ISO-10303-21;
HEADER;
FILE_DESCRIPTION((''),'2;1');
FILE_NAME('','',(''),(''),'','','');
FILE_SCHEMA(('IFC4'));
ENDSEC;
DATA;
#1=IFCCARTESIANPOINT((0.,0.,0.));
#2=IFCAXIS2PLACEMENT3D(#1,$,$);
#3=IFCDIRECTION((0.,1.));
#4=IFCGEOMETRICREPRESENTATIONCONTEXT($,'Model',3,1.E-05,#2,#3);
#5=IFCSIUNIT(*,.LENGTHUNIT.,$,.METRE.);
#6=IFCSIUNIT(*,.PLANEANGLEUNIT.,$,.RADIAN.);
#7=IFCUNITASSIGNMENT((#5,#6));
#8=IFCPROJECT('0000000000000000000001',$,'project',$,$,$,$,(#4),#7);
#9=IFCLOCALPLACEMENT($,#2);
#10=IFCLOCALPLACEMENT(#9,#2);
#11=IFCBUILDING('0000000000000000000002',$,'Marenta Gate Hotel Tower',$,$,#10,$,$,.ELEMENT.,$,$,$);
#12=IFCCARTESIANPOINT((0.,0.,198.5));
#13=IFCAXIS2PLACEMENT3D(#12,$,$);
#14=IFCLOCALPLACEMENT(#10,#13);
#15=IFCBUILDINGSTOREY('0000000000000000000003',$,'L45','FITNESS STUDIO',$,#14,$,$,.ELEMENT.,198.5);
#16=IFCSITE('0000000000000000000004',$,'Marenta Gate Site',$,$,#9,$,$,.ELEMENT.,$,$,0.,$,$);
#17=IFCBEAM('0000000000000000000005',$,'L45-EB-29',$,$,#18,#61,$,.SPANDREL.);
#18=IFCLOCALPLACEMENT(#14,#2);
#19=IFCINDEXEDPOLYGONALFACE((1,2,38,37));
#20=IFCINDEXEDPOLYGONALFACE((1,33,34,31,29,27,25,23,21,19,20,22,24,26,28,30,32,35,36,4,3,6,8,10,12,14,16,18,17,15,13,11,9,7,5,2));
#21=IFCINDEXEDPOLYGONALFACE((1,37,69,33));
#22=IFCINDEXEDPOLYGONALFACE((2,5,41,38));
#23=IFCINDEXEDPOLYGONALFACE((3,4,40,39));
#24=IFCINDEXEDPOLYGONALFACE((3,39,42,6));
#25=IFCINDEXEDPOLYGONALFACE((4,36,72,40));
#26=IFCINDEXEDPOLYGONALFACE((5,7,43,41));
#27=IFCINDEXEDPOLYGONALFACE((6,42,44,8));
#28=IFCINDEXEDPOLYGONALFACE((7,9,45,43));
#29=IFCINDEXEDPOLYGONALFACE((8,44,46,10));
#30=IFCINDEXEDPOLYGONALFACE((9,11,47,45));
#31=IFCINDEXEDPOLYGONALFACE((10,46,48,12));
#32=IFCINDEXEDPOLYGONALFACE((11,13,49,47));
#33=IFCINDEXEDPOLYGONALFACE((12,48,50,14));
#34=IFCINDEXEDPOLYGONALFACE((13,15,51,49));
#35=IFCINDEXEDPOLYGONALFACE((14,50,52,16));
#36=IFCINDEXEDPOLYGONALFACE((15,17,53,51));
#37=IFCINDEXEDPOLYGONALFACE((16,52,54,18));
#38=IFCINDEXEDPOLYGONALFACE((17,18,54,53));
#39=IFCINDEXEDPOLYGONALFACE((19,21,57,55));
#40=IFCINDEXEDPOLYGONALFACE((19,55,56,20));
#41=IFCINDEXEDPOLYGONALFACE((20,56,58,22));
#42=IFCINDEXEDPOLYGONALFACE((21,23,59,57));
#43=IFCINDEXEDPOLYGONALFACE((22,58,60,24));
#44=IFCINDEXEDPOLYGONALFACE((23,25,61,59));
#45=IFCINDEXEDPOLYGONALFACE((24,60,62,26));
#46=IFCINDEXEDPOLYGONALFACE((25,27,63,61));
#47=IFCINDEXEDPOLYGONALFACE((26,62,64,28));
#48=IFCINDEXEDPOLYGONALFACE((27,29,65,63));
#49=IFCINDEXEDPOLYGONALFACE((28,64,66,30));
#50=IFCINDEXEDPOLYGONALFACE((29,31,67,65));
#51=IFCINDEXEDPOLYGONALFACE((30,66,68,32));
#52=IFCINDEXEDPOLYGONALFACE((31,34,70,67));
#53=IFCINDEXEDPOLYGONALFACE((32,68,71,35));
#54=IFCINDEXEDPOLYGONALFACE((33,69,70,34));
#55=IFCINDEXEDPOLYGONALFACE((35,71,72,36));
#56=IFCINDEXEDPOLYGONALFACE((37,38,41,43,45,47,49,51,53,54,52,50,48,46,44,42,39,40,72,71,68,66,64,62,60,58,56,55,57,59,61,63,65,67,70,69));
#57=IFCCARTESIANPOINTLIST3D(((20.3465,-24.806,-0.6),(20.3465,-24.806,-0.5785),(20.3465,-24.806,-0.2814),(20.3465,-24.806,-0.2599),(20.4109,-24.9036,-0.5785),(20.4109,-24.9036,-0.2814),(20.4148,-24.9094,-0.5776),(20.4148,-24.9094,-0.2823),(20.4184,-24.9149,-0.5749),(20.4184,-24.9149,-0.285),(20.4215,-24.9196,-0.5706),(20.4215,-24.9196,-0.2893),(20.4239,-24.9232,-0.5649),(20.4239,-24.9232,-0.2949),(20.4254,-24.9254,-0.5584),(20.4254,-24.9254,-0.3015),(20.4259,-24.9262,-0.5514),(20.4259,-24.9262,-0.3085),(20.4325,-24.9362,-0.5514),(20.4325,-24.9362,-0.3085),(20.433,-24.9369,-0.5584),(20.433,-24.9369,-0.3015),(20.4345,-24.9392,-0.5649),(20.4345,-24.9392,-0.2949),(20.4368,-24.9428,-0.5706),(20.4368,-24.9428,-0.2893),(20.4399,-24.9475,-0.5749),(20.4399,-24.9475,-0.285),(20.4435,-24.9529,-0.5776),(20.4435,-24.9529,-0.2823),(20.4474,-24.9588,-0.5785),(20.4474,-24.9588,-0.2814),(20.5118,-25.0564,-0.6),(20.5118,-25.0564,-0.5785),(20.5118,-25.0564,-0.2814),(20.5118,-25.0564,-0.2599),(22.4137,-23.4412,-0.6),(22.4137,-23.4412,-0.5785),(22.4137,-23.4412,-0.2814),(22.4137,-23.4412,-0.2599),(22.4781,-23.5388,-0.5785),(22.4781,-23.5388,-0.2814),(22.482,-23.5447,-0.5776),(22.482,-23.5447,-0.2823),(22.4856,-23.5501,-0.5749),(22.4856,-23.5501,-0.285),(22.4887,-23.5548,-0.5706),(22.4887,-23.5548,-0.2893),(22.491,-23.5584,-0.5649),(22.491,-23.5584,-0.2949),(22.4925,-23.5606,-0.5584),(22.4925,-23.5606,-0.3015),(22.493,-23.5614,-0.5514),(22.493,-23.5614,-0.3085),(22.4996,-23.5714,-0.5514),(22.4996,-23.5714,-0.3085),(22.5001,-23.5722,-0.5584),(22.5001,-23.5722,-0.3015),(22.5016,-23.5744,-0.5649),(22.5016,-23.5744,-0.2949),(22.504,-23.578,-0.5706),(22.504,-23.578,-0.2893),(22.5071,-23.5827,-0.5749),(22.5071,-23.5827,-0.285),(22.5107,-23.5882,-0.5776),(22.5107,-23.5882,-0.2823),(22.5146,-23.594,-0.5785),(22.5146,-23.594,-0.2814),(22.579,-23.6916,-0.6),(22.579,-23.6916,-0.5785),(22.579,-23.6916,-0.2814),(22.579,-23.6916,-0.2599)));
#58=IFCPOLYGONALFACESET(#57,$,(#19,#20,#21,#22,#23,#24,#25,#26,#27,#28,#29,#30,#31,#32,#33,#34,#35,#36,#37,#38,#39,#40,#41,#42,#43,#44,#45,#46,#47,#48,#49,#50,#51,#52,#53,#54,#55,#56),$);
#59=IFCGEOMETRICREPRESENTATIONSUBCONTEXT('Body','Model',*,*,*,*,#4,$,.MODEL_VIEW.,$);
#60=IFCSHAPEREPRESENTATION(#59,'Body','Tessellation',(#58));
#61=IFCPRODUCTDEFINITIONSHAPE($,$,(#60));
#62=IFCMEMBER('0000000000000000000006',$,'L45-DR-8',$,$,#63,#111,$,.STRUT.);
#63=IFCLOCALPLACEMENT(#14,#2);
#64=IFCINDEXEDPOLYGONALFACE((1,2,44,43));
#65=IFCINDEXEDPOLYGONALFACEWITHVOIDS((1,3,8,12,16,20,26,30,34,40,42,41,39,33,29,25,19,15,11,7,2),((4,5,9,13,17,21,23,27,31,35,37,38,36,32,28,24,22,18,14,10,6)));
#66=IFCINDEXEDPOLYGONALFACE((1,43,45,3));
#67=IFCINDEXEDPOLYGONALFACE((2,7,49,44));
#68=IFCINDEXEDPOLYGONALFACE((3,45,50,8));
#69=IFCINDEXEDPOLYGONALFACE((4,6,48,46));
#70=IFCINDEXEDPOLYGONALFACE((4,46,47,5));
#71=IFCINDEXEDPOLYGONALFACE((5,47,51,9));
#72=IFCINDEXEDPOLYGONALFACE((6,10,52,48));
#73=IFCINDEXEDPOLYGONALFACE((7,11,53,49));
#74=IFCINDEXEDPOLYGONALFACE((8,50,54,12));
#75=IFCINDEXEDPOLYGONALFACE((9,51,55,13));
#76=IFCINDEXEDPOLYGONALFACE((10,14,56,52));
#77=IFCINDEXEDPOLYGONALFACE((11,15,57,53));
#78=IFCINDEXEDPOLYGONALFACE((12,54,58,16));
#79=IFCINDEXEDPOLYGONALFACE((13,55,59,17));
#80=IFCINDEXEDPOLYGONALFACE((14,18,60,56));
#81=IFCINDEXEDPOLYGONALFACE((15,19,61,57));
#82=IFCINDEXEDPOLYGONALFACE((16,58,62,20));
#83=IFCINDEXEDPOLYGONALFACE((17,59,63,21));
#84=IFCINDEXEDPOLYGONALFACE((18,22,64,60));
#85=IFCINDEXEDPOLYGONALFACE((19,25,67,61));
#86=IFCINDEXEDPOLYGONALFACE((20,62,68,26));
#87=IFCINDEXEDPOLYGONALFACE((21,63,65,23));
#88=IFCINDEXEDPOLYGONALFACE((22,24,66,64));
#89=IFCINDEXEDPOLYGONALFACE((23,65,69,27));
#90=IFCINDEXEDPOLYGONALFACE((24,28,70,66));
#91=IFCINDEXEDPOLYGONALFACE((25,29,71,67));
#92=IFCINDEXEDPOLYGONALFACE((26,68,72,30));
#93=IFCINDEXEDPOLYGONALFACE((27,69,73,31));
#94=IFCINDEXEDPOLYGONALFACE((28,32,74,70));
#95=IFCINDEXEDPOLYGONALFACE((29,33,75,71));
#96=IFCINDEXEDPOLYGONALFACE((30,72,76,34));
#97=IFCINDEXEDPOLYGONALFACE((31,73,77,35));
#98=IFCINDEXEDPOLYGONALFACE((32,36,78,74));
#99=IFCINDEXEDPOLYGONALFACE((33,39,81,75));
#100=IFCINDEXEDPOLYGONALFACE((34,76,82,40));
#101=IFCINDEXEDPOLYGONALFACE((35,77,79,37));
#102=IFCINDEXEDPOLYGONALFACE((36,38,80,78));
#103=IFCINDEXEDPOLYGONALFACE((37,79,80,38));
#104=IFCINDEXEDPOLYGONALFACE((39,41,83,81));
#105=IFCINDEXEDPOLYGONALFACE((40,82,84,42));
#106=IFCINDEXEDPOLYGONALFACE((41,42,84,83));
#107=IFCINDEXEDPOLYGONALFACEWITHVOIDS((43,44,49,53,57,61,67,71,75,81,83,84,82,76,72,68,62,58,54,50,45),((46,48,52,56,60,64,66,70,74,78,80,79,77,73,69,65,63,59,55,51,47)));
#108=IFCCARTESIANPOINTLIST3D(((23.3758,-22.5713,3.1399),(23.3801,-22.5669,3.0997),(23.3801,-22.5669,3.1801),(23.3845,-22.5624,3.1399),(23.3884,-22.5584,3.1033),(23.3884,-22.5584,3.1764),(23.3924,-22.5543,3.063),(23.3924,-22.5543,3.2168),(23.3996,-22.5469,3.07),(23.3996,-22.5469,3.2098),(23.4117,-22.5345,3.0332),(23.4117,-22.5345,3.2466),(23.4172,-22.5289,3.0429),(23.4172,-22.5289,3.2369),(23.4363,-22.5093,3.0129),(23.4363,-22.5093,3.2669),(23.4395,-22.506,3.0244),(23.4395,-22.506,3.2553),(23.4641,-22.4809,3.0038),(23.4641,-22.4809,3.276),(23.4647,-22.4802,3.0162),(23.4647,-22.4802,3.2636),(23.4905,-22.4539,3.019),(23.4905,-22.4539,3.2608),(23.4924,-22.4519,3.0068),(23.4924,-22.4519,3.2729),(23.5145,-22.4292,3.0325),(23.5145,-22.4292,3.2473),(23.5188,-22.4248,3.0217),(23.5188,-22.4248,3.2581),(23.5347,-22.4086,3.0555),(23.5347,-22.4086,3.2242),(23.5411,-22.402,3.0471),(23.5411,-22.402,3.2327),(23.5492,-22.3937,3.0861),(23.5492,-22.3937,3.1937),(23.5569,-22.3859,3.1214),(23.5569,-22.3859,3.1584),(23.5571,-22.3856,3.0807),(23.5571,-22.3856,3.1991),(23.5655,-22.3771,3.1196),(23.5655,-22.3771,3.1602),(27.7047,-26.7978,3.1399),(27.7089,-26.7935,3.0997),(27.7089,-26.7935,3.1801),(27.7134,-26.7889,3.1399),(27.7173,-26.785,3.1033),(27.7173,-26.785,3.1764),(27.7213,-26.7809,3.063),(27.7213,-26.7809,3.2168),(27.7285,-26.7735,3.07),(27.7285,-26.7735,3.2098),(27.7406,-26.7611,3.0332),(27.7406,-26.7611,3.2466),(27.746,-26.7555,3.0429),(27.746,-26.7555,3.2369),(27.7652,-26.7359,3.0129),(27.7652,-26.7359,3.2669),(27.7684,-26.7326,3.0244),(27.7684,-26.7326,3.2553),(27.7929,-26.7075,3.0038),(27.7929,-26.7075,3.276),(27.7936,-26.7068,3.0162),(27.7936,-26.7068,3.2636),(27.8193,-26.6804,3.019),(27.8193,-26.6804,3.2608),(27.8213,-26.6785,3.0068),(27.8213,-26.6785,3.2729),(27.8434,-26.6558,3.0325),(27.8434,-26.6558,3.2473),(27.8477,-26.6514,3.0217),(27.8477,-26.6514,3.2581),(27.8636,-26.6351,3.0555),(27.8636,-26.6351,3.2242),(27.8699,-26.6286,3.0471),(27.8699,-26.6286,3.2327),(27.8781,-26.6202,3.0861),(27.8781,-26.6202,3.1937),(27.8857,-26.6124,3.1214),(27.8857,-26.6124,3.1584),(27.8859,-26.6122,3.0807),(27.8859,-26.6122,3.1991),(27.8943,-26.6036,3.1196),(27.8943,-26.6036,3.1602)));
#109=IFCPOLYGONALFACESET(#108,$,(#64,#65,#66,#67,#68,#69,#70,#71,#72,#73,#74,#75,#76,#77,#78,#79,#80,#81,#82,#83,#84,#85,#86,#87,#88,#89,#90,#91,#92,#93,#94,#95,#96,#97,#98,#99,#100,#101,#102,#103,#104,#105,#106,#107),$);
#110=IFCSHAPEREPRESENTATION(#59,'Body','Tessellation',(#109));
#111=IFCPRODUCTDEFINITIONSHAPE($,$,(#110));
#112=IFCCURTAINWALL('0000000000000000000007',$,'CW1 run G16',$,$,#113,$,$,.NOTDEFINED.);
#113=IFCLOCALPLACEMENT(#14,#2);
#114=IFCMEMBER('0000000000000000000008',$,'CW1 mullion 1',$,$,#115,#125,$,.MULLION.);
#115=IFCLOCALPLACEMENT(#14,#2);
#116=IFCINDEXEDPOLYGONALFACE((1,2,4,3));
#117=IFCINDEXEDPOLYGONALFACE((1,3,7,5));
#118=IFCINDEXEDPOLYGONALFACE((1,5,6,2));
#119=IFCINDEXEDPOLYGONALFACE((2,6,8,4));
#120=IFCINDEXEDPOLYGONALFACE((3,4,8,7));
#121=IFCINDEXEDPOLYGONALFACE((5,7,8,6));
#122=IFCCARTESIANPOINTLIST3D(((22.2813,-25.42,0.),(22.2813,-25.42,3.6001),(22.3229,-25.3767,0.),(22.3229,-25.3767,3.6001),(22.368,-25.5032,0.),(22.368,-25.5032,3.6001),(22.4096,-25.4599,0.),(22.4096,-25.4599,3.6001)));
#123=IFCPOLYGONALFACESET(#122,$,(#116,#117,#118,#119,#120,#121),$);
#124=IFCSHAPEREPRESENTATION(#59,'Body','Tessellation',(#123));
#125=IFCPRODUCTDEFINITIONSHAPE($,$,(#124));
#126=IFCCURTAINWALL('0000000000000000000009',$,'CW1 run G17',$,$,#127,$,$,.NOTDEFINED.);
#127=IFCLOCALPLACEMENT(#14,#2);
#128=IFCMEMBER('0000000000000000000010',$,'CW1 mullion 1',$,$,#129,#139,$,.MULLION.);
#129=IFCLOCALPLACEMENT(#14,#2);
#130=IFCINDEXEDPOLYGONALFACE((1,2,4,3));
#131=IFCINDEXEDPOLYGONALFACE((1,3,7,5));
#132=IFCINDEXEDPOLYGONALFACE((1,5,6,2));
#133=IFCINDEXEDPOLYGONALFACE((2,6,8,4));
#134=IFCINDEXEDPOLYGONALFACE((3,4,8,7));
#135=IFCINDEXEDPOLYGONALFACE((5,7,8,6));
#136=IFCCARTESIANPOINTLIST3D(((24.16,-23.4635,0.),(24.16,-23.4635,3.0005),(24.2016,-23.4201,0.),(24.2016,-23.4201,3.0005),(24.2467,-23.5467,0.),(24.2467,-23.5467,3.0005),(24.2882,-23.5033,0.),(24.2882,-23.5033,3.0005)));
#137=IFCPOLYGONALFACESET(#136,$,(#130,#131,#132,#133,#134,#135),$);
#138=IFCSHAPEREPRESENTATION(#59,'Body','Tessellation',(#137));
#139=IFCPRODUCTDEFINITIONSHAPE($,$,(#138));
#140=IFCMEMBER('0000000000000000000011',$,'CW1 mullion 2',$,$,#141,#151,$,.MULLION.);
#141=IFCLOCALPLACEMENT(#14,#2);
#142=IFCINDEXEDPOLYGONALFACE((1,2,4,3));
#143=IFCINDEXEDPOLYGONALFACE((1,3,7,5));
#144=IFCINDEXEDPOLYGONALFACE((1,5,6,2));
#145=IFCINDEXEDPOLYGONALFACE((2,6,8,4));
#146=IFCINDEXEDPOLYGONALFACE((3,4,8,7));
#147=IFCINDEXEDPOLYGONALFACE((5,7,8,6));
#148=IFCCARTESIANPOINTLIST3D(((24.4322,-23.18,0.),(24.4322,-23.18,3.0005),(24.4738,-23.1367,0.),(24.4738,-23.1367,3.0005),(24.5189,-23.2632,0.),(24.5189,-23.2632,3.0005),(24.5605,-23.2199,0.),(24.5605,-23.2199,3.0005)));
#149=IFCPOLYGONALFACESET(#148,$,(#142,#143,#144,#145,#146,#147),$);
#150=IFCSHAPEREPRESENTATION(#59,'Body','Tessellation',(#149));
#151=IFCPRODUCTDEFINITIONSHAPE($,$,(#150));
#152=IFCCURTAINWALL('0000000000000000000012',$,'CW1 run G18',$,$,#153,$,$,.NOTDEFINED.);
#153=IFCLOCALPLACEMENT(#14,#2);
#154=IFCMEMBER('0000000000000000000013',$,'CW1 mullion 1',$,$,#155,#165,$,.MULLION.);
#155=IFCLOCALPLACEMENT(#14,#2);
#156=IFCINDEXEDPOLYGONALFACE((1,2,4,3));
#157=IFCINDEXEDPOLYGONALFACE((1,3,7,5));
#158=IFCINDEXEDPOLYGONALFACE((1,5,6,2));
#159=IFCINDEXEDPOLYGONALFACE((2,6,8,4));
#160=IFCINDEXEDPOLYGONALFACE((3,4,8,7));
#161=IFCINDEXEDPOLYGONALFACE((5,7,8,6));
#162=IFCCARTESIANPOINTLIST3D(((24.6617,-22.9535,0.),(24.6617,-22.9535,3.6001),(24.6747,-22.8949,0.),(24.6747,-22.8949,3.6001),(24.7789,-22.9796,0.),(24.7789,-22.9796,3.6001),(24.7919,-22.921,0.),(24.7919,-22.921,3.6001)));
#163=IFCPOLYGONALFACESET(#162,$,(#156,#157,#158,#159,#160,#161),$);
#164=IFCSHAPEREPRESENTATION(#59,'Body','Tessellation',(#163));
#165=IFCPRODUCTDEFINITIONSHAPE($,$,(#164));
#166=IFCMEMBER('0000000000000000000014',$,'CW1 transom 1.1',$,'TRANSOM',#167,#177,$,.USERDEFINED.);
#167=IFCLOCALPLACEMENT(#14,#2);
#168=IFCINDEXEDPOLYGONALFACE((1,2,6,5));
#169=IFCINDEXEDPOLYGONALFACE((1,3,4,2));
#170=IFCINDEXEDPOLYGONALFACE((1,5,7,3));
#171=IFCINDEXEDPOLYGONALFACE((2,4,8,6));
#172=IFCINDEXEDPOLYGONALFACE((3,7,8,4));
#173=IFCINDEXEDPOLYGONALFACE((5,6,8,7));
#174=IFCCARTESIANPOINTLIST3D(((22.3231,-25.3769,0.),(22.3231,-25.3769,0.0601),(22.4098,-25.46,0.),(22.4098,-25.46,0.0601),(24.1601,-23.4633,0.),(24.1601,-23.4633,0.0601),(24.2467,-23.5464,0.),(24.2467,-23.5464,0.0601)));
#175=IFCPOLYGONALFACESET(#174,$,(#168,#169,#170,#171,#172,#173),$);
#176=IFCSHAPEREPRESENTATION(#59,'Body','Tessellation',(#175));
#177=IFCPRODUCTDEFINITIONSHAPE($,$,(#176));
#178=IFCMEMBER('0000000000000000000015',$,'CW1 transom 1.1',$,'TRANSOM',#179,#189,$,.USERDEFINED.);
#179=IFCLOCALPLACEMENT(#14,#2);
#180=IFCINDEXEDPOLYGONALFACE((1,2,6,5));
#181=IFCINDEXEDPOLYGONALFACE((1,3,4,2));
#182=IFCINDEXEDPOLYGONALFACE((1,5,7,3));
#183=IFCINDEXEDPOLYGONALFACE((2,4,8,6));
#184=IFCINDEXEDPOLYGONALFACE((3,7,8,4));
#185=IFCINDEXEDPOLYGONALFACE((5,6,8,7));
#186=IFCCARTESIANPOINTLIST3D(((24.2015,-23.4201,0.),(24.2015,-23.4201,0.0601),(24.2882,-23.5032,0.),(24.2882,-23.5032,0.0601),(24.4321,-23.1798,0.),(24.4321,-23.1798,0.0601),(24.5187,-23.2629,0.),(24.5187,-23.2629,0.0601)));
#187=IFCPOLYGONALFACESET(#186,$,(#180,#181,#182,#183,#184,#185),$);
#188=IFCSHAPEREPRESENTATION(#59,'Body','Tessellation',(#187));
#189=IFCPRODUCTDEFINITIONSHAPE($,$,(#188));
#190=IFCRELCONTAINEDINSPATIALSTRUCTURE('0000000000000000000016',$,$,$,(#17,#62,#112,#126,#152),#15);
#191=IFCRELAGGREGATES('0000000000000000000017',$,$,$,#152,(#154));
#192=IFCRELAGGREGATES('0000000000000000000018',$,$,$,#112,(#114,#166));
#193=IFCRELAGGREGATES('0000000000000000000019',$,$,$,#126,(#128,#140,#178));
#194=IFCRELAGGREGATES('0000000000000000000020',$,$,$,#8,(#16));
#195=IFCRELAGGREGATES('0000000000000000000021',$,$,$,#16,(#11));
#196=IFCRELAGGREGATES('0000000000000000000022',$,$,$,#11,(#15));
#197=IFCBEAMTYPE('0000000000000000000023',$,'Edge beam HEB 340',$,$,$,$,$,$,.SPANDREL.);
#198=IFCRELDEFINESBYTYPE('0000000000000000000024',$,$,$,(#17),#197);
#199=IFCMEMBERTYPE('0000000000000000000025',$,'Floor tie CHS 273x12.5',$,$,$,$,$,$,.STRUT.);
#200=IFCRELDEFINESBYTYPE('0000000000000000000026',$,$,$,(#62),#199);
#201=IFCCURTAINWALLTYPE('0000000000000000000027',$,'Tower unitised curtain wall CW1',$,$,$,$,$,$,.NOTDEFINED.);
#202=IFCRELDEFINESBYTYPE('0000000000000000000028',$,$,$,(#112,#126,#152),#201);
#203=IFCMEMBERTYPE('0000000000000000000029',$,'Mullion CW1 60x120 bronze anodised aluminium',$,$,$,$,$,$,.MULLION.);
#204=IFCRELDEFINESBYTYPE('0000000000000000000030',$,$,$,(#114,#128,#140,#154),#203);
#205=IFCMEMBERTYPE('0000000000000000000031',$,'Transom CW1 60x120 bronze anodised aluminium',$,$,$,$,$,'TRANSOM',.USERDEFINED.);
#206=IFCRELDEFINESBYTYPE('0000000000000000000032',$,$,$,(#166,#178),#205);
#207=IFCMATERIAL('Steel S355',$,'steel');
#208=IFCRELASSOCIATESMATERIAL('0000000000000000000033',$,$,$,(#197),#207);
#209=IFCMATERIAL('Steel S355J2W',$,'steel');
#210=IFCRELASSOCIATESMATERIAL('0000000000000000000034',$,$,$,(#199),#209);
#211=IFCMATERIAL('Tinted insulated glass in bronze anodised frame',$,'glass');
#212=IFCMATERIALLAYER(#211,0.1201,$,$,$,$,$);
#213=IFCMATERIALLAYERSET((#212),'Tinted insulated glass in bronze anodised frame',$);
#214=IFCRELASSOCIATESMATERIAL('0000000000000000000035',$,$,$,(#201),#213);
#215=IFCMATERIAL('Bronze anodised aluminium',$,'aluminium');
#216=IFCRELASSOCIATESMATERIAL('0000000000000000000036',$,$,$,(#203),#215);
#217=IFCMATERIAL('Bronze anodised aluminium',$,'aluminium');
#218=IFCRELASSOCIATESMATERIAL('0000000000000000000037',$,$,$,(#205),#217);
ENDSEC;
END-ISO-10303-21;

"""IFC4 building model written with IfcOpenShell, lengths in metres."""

from ifc_helpers import new_model, si_unit, direction, frame, origin, origin_2d, place, context, subcontext, project, spatial, rectangle, hollow_circle, i_section, extrude, material, layer, layer_set, material_profile, profile_set, type_object, element, aggregate, save


model = new_model("IFC4")

# Units and contexts
model_context = context("Model", 3, precision=1e-05, world=origin(), true_north=direction((0.0, 1.0)))
body_context = subcontext(model_context, "Body", "Model", "MODEL_VIEW")
ifc_project = project(units=[si_unit("LENGTHUNIT", "METRE"), si_unit("PLANEANGLEUNIT", "RADIAN")], contexts=[model_context])

# Site, building, storey
site_placement = place(None, origin())
site = spatial("IfcSite", under=ifc_project, at=site_placement, Name="Marenta Gate Site", CompositionType="ELEMENT", RefElevation=0.0)
building_placement = place(site_placement, origin())
building = spatial("IfcBuilding", under=site, at=building_placement, Name="Marenta Gate Hotel Tower", CompositionType="ELEMENT")
storey_placement = place(building_placement, frame((0.0, 0.0, 198.5)))
storey = spatial("IfcBuildingStorey", under=building, at=storey_placement, Name="L45", Description="FITNESS STUDIO", CompositionType="ELEMENT", Elevation=198.5)

# Beam
ifc_material_1 = material(Name="Steel S355", Category="steel")
ifc_material_profile_1 = material_profile(ifc_material_1, i_section(OverallWidth=0.3, OverallDepth=0.3401, WebThickness=0.012, FlangeThickness=0.0215, FilletRadius=0.0271, at=origin_2d()), Name="HEB 340")
ifc_profile_set_1 = profile_set([ifc_material_profile_1], Name="Steel S355")
beam_type = type_object("IfcBeamType", Name="Edge beam HEB 340", PredefinedType="SPANDREL", material=ifc_profile_set_1)
beam_placement = place(storey_placement, frame((22.4963, -23.5664, -0.4299), z_axis=(-0.834529, -0.550964, 0.0), x_axis=(0.550964, -0.834529, 0.0)))
element("IfcBeam", 1, at=beam_placement, inside=storey, type_object=beam_type, Name="L45-EB-29", PredefinedType="SPANDREL", context=body_context, shape_type="SweptSolid", body=[
    extrude(i_section(OverallWidth=0.3, OverallDepth=0.3401, WebThickness=0.012, FlangeThickness=0.0215, FilletRadius=0.0271, at=origin_2d()), origin(), (0.0, 0.0, 1.0), 2.4771),
])

# Member
ifc_material_2 = material(Name="Steel S355J2W", Category="steel")
ifc_material_profile_2 = material_profile(ifc_material_2, hollow_circle(Radius=0.1365, WallThickness=0.0125, at=origin_2d()), Name="CHS 273x12.5")
ifc_profile_set_2 = profile_set([ifc_material_profile_2], Name="Steel S355J2W")
member_type_1 = type_object("IfcMemberType", Name="Floor tie CHS 273x12.5", PredefinedType="STRUT", material=ifc_profile_set_2)
member_1_placement = place(storey_placement, frame((27.8, -26.7002, 3.1399), z_axis=(-0.71551, 0.698602, 0.0), x_axis=(-0.698602, -0.71551, 0.0)))
element("IfcMember", 2, at=member_1_placement, inside=storey, type_object=member_type_1, Name="L45-DR-8", PredefinedType="STRUT", context=body_context, shape_type="SweptSolid", body=[
    extrude(hollow_circle(Radius=0.1365, WallThickness=0.0125, at=origin_2d()), origin(), (0.0, 0.0, 1.0), 6.05),
])

# Curtain wall, member
ifc_material_3 = material(Name="Tinted insulated glass in bronze anodised frame", Category="glass")
ifc_layer_1 = layer(ifc_material_3, 0.1201)
ifc_layer_set_1 = layer_set([ifc_layer_1], Name="Tinted insulated glass in bronze anodised frame")
curtain_wall_type = type_object("IfcCurtainWallType", Name="Tower unitised curtain wall CW1", PredefinedType="NOTDEFINED", material=ifc_layer_set_1)
curtain_wall_1_placement = place(storey_placement, origin())
curtain_wall_1 = element("IfcCurtainWall", 3, at=curtain_wall_1_placement, inside=storey, type_object=curtain_wall_type, Name="CW1 run G16", PredefinedType="NOTDEFINED")
ifc_material_4 = material(Name="Bronze anodised aluminium", Category="aluminium")
ifc_material_profile_3 = material_profile(ifc_material_4, rectangle(XDim=0.1201, YDim=0.0601, at=origin_2d()), Name="Mullion CW1 60x120 bronze anodised aluminium")
ifc_profile_set_3 = profile_set([ifc_material_profile_3], Name="Bronze anodised aluminium")
member_type_2 = type_object("IfcMemberType", Name="Mullion CW1 60x120 bronze anodised aluminium", PredefinedType="MULLION", material=ifc_profile_set_3)
member_2_placement = place(storey_placement, frame((22.3455, -25.4399, 0.0), z_axis=(0.0, 0.0, 1.0), x_axis=(-0.721375, 0.692545, 0.0)))
member_2 = element("IfcMember", 4, at=member_2_placement, type_object=member_type_2, Name="CW1 mullion 1", PredefinedType="MULLION", context=body_context, shape_type="SweptSolid", body=[
    extrude(rectangle(XDim=0.1201, YDim=0.0601, at=origin_2d()), origin(), (0.0, 0.0, 1.0), 3.6001),
])

# Curtain wall, members
curtain_wall_2_placement = place(storey_placement, origin())
curtain_wall_2 = element("IfcCurtainWall", 5, at=curtain_wall_2_placement, inside=storey, type_object=curtain_wall_type, Name="CW1 run G17", PredefinedType="NOTDEFINED")
member_3_placement = place(storey_placement, frame((24.2241, -23.4834, 0.0), z_axis=(0.0, 0.0, 1.0), x_axis=(-0.721418, 0.6925, 0.0)))
member_3 = element("IfcMember", 6, at=member_3_placement, type_object=member_type_2, Name="CW1 mullion 1", PredefinedType="MULLION", context=body_context, shape_type="SweptSolid", body=[
    extrude(rectangle(XDim=0.1201, YDim=0.0601, at=origin_2d()), origin(), (0.0, 0.0, 1.0), 3.0005),
])
member_4_placement = place(storey_placement, frame((24.4963, -23.2, 0.0), z_axis=(0.0, 0.0, 1.0), x_axis=(-0.721418, 0.6925, 0.0)))
member_4 = element("IfcMember", 7, at=member_4_placement, type_object=member_type_2, Name="CW1 mullion 2", PredefinedType="MULLION", context=body_context, shape_type="SweptSolid", body=[
    extrude(rectangle(XDim=0.1201, YDim=0.0601, at=origin_2d()), origin(), (0.0, 0.0, 1.0), 3.0005),
])

# Curtain wall, member
curtain_wall_3_placement = place(storey_placement, origin())
curtain_wall_3 = element("IfcCurtainWall", 8, at=curtain_wall_3_placement, inside=storey, type_object=curtain_wall_type, Name="CW1 run G18", PredefinedType="NOTDEFINED")
member_5_placement = place(storey_placement, frame((24.7268, -22.9373, 0.0), z_axis=(0.0, 0.0, 1.0), x_axis=(-0.976207, 0.216842, 0.0)))
member_5 = element("IfcMember", 9, at=member_5_placement, type_object=member_type_2, Name="CW1 mullion 1", PredefinedType="MULLION", context=body_context, shape_type="SweptSolid", body=[
    extrude(rectangle(XDim=0.1201, YDim=0.0601, at=origin_2d()), origin(), (0.0, 0.0, 1.0), 3.6001),
])

# Members
ifc_material_5 = material(Name="Bronze anodised aluminium", Category="aluminium")
ifc_material_profile_4 = material_profile(ifc_material_5, rectangle(XDim=0.1201, YDim=0.0601, at=origin_2d()), Name="Transom CW1 60x120 bronze anodised aluminium")
ifc_profile_set_4 = profile_set([ifc_material_profile_4], Name="Bronze anodised aluminium")
member_type_3 = type_object("IfcMemberType", Name="Transom CW1 60x120 bronze anodised aluminium", ElementType="TRANSOM", PredefinedType="USERDEFINED", material=ifc_profile_set_4)
member_6_placement = place(storey_placement, frame((22.3665, -25.4185, 0.03), z_axis=(0.692509, 0.721409, 0.0), x_axis=(-0.721409, 0.692509, 0.0)))
member_6 = element("IfcMember", 10, at=member_6_placement, type_object=member_type_3, Name="CW1 transom 1.1", ObjectType="TRANSOM", PredefinedType="USERDEFINED", context=body_context, shape_type="SweptSolid", body=[
    extrude(rectangle(XDim=0.1201, YDim=0.0601, at=origin_2d()), origin(), (0.0, 0.0, 1.0), 2.6526),
])
member_7_placement = place(storey_placement, frame((24.2449, -23.4617, 0.03), z_axis=(0.692288, 0.721622, 0.0), x_axis=(-0.721622, 0.692288, 0.0)))
member_7 = element("IfcMember", 11, at=member_7_placement, type_object=member_type_3, Name="CW1 transom 1.1", ObjectType="TRANSOM", PredefinedType="USERDEFINED", context=body_context, shape_type="SweptSolid", body=[
    extrude(rectangle(XDim=0.1201, YDim=0.0601, at=origin_2d()), origin(), (0.0, 0.0, 1.0), 0.333),
])
aggregate(curtain_wall_3, [member_5])

aggregate(curtain_wall_1, [member_2, member_6])
aggregate(curtain_wall_2, [member_3, member_4, member_7])

save(model, "model.ifc")
